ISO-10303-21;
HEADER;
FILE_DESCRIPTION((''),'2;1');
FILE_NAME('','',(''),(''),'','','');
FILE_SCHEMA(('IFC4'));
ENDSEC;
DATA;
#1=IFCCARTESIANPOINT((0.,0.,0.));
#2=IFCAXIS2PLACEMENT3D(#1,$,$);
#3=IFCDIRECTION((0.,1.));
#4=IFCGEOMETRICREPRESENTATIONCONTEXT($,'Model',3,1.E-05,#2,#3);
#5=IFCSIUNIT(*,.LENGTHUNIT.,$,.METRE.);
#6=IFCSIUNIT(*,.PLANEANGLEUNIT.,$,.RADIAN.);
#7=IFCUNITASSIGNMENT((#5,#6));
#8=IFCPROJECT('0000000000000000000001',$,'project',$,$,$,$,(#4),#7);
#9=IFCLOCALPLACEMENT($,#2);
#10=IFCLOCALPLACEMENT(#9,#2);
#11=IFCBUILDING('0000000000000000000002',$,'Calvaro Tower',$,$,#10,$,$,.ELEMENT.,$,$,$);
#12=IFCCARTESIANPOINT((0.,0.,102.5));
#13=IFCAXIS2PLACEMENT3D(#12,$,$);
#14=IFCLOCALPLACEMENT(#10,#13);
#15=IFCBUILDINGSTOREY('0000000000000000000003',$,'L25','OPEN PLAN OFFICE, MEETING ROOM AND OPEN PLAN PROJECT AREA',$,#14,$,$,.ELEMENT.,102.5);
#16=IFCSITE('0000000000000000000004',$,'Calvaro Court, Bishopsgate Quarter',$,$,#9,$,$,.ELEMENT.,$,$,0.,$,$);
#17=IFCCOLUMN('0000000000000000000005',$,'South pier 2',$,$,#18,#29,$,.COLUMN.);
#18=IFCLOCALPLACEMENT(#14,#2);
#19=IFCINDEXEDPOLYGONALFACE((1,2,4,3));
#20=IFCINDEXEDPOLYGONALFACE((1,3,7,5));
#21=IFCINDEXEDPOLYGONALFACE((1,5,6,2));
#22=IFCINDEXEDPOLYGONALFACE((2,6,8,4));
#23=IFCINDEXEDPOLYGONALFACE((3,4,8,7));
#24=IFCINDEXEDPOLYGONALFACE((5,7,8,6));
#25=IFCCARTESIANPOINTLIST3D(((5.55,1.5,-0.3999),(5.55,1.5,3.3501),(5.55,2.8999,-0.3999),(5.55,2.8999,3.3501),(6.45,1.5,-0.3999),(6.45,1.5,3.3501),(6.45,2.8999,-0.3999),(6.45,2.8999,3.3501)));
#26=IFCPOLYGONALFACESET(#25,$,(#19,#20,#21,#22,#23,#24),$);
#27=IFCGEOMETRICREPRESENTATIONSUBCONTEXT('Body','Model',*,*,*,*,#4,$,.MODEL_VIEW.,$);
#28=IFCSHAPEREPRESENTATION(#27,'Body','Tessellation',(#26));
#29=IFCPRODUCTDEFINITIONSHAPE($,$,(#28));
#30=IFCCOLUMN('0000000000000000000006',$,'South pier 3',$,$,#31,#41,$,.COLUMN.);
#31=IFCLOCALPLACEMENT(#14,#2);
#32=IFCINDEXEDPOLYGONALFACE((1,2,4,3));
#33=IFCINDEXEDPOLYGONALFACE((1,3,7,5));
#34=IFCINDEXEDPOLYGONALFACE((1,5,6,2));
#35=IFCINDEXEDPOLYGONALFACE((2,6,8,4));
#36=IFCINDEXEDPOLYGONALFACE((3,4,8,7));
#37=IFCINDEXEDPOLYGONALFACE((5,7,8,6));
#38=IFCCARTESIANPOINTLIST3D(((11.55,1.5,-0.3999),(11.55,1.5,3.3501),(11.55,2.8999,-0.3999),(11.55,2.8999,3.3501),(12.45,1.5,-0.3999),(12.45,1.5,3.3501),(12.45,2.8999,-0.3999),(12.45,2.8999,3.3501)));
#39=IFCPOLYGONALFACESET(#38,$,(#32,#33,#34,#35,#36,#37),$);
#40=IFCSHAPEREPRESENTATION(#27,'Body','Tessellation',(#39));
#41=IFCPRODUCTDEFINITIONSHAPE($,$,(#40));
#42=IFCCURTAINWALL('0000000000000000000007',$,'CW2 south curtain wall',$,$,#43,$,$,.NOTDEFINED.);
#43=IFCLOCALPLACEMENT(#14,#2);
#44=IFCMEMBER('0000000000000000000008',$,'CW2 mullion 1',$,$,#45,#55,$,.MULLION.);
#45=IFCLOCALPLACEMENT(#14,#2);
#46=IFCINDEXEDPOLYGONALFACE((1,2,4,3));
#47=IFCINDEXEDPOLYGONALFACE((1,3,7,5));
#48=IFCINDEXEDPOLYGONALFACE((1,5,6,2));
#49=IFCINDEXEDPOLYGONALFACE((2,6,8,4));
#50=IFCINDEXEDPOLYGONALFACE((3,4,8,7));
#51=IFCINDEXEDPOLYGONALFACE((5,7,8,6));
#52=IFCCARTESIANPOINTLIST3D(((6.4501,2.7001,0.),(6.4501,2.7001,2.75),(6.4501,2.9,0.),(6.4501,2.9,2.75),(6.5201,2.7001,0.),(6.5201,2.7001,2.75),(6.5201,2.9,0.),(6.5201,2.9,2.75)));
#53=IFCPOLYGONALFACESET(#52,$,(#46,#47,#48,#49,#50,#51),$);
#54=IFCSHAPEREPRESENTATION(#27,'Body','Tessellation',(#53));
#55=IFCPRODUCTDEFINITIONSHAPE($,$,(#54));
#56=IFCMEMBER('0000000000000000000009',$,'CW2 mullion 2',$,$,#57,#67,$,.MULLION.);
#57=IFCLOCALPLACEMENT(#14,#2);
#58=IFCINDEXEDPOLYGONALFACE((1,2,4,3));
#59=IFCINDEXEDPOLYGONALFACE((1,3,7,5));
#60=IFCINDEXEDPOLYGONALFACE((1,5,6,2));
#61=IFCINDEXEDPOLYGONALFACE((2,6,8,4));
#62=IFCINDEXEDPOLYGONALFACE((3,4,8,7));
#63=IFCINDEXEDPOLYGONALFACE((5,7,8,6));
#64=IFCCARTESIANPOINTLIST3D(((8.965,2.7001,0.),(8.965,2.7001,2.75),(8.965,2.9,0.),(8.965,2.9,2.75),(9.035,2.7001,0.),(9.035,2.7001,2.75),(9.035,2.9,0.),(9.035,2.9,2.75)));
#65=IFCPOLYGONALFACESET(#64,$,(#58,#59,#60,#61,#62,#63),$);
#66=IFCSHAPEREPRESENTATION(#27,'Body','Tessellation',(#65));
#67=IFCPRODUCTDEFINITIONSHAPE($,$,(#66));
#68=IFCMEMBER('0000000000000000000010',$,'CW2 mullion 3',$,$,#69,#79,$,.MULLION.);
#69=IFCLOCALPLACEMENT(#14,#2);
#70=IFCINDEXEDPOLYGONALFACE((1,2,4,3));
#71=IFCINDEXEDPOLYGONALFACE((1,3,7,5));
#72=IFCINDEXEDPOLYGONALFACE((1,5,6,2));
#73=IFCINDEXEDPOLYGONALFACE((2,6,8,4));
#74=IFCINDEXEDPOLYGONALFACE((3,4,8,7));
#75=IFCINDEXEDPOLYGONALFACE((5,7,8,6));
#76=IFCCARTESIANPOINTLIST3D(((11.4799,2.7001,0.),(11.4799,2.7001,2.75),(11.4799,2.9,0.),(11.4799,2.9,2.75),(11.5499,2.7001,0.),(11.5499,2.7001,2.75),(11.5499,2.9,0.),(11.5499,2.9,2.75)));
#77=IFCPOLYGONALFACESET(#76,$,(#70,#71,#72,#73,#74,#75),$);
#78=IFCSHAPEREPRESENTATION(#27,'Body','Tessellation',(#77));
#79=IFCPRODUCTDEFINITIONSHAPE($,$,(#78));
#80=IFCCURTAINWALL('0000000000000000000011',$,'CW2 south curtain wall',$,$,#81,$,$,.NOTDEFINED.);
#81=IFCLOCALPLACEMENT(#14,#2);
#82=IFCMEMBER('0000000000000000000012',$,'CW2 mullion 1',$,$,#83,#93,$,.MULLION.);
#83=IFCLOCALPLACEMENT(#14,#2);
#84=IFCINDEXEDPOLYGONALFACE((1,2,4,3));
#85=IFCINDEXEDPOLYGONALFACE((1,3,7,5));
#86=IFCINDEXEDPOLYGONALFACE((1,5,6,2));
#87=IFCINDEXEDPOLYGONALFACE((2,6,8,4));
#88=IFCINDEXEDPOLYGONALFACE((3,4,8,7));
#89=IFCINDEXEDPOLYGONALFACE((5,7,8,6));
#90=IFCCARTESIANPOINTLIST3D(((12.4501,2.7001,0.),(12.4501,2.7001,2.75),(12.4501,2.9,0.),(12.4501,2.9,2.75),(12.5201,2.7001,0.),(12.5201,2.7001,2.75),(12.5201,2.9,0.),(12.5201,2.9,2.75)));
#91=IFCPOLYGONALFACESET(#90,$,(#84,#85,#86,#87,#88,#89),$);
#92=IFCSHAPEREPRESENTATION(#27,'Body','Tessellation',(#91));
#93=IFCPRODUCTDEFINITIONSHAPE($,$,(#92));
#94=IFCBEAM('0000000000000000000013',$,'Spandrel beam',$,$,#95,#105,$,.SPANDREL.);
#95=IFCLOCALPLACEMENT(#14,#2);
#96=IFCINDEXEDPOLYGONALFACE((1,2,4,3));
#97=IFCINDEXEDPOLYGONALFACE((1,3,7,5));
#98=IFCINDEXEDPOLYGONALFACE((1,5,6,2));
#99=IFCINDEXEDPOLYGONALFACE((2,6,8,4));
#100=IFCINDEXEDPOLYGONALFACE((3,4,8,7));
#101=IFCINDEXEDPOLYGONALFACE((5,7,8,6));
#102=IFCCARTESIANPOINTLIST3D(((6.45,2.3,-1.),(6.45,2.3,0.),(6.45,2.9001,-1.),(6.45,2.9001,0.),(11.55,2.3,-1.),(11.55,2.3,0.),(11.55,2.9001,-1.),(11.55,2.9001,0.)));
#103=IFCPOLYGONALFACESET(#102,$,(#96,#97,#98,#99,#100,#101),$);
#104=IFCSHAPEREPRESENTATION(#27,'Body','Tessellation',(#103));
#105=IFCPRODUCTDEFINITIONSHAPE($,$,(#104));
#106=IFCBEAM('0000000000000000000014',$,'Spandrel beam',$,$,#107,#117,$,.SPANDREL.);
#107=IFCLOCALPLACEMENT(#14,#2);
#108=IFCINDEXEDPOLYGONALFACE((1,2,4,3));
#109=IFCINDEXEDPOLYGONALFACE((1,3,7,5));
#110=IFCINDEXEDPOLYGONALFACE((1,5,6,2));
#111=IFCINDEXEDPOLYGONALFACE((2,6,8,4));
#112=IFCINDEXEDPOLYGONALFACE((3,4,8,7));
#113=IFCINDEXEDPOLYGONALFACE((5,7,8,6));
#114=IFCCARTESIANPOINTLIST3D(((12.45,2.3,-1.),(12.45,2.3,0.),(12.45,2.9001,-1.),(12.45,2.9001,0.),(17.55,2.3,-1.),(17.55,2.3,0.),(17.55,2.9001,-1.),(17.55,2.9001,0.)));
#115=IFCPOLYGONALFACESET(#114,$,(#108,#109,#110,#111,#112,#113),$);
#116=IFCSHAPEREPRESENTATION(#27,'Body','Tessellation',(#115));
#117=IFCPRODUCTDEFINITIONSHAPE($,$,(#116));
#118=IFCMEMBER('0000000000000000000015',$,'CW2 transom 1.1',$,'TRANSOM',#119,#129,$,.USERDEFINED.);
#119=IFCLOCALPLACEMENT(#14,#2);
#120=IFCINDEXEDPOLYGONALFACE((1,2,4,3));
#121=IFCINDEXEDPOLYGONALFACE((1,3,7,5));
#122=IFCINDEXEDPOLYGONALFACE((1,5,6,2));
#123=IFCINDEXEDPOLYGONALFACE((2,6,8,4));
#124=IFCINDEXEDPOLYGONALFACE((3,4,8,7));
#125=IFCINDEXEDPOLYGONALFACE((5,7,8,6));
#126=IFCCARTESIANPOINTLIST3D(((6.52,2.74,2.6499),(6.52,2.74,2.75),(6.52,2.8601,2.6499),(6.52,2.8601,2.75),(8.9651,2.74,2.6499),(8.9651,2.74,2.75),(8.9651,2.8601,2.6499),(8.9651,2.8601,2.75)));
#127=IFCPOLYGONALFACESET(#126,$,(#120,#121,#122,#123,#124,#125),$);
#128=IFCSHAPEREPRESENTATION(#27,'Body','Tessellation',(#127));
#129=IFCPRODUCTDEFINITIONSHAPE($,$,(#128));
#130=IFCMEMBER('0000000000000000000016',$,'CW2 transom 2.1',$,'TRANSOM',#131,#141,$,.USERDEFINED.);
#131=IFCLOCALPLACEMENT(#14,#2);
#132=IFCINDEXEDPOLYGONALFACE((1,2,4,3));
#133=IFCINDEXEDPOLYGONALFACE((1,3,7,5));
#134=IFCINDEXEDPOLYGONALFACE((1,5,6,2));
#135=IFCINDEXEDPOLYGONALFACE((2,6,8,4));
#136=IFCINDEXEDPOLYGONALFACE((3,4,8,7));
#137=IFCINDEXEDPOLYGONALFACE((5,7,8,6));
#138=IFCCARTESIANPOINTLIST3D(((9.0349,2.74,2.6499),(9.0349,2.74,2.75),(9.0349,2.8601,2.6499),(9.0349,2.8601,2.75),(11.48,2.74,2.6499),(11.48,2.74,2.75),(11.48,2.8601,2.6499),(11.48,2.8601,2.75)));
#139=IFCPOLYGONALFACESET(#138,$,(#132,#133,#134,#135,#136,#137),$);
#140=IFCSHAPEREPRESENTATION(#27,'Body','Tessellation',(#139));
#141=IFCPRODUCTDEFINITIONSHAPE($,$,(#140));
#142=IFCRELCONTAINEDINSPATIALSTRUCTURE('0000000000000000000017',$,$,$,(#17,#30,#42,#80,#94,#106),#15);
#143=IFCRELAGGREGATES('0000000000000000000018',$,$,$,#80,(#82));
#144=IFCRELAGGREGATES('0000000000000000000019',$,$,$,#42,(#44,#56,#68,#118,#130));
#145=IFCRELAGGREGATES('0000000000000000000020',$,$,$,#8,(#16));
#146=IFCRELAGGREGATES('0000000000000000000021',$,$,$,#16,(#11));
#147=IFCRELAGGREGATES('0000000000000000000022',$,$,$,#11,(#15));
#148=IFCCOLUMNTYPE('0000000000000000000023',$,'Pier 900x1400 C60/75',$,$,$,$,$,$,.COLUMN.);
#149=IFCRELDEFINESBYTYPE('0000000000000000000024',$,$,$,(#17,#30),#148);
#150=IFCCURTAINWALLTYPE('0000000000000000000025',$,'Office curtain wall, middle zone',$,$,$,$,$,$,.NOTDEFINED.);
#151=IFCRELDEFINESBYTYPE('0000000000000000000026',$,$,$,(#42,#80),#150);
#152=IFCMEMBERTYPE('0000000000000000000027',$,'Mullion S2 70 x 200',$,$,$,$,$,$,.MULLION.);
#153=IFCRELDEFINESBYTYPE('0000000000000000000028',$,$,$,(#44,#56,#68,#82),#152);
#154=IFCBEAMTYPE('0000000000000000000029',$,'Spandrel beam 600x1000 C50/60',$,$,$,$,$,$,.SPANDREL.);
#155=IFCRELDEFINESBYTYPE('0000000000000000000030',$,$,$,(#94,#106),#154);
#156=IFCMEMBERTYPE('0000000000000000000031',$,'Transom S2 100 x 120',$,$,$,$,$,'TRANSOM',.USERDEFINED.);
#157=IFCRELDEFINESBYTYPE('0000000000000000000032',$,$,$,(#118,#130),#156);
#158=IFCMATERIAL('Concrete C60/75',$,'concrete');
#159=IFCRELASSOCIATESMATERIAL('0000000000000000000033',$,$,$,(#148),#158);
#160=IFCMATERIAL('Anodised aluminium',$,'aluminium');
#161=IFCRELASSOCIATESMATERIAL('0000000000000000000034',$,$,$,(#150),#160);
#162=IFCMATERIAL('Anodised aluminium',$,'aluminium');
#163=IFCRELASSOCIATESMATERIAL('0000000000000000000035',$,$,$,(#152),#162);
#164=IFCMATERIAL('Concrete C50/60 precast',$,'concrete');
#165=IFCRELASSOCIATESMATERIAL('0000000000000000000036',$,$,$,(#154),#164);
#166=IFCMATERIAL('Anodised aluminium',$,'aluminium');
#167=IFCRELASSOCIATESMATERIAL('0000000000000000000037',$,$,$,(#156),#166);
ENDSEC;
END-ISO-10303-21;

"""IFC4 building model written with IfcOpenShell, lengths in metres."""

from ifc_helpers import new_model, si_unit, direction, frame, origin, origin_2d, place, context, subcontext, project, spatial, rectangle, extrude, material, material_profile, profile_set, type_object, element, aggregate, save


model = new_model("IFC4")

# Units and contexts
model_context = context("Model", 3, precision=1e-05, world=origin(), true_north=direction((0.0, 1.0)))
body_context = subcontext(model_context, "Body", "Model", "MODEL_VIEW")
ifc_project = project(units=[si_unit("LENGTHUNIT", "METRE"), si_unit("PLANEANGLEUNIT", "RADIAN")], contexts=[model_context])

# Site, building, storey
site_placement = place(None, origin())
site = spatial("IfcSite", under=ifc_project, at=site_placement, Name="Calvaro Court, Bishopsgate Quarter", CompositionType="ELEMENT", RefElevation=0.0)
building_placement = place(site_placement, origin())
building = spatial("IfcBuilding", under=site, at=building_placement, Name="Calvaro Tower", CompositionType="ELEMENT")
storey_placement = place(building_placement, frame((0.0, 0.0, 102.5)))
storey = spatial("IfcBuildingStorey", under=building, at=storey_placement, Name="L25", Description="OPEN PLAN OFFICE, MEETING ROOM AND OPEN PLAN PROJECT AREA", CompositionType="ELEMENT", Elevation=102.5)

# Columns
ifc_material_1 = material(Name="Concrete C60/75", Category="concrete")
ifc_material_profile_1 = material_profile(ifc_material_1, rectangle(XDim=0.8999, YDim=1.3999, at=origin_2d()), Name="RC 900x1400")
ifc_profile_set_1 = profile_set([ifc_material_profile_1], Name="Concrete C60/75")
column_type = type_object("IfcColumnType", Name="Pier 900x1400 C60/75", PredefinedType="COLUMN", material=ifc_profile_set_1)
for number, where, z_axis, x_axis, name in (
    (1, (6.0, 2.2, -0.3999), (0.0, 0.0, 1.0), (1.0, 0.0, 0.0), "South pier 2"),
    (2, (12.0, 2.2, -0.3999), (0.0, 0.0, 1.0), (1.0, 0.0, 0.0), "South pier 3"),
):
    element("IfcColumn", number, at=place(storey_placement, frame(where, z_axis=z_axis, x_axis=x_axis)), inside=storey, type_object=column_type, Name=name, PredefinedType="COLUMN", context=body_context, shape_type="SweptSolid", body=[
        extrude(rectangle(XDim=0.8999, YDim=1.3999, at=origin_2d()), origin(), (0.0, 0.0, 1.0), 3.75),
    ])

# Curtain wall, members
ifc_material_2 = material(Name="Anodised aluminium", Category="aluminium")
curtain_wall_type = type_object("IfcCurtainWallType", Name="Office curtain wall, middle zone", PredefinedType="NOTDEFINED", material=ifc_material_2)
curtain_wall_1_placement = place(storey_placement, origin())
curtain_wall_1 = element("IfcCurtainWall", 3, at=curtain_wall_1_placement, inside=storey, type_object=curtain_wall_type, Name="CW2 south curtain wall", PredefinedType="NOTDEFINED")
ifc_material_3 = material(Name="Anodised aluminium", Category="aluminium")
ifc_material_profile_2 = material_profile(ifc_material_3, rectangle(XDim=0.2, YDim=0.0701, at=origin_2d()), Name="Mullion S2 70 x 200")
ifc_profile_set_2 = profile_set([ifc_material_profile_2], Name="Anodised aluminium")
member_type_1 = type_object("IfcMemberType", Name="Mullion S2 70 x 200", PredefinedType="MULLION", material=ifc_profile_set_2)
member_1_placement = place(storey_placement, frame((6.4851, 2.8, 0.0), z_axis=(0.0, 0.0, 1.0), x_axis=(0.0, 1.0, 0.0)))
member_1 = element("IfcMember", 4, at=member_1_placement, type_object=member_type_1, Name="CW2 mullion 1", PredefinedType="MULLION", context=body_context, shape_type="SweptSolid", body=[
    extrude(rectangle(XDim=0.2, YDim=0.0701, at=origin_2d()), origin(), (0.0, 0.0, 1.0), 2.75),
])
member_2_placement = place(storey_placement, frame((9.0, 2.8, 0.0), z_axis=(0.0, 0.0, 1.0), x_axis=(0.0, 1.0, 0.0)))
member_2 = element("IfcMember", 5, at=member_2_placement, type_object=member_type_1, Name="CW2 mullion 2", PredefinedType="MULLION", context=body_context, shape_type="SweptSolid", body=[
    extrude(rectangle(XDim=0.2, YDim=0.0701, at=origin_2d()), origin(), (0.0, 0.0, 1.0), 2.75),
])
member_3_placement = place(storey_placement, frame((11.5149, 2.8, 0.0), z_axis=(0.0, 0.0, 1.0), x_axis=(0.0, 1.0, 0.0)))
member_3 = element("IfcMember", 6, at=member_3_placement, type_object=member_type_1, Name="CW2 mullion 3", PredefinedType="MULLION", context=body_context, shape_type="SweptSolid", body=[
    extrude(rectangle(XDim=0.2, YDim=0.0701, at=origin_2d()), origin(), (0.0, 0.0, 1.0), 2.75),
])

# Curtain wall, member
curtain_wall_2_placement = place(storey_placement, origin())
curtain_wall_2 = element("IfcCurtainWall", 7, at=curtain_wall_2_placement, inside=storey, type_object=curtain_wall_type, Name="CW2 south curtain wall", PredefinedType="NOTDEFINED")
member_4_placement = place(storey_placement, frame((12.4851, 2.8, 0.0), z_axis=(0.0, 0.0, 1.0), x_axis=(0.0, 1.0, 0.0)))
member_4 = element("IfcMember", 8, at=member_4_placement, type_object=member_type_1, Name="CW2 mullion 1", PredefinedType="MULLION", context=body_context, shape_type="SweptSolid", body=[
    extrude(rectangle(XDim=0.2, YDim=0.0701, at=origin_2d()), origin(), (0.0, 0.0, 1.0), 2.75),
])
aggregate(curtain_wall_2, [member_4])

# Beams
ifc_material_4 = material(Name="Concrete C50/60 precast", Category="concrete")
ifc_material_profile_3 = material_profile(ifc_material_4, rectangle(XDim=0.6001, YDim=1.0, at=origin_2d()), Name="RC 600x1000")
ifc_profile_set_3 = profile_set([ifc_material_profile_3], Name="Concrete C50/60 precast")
beam_type = type_object("IfcBeamType", Name="Spandrel beam 600x1000 C50/60", PredefinedType="SPANDREL", material=ifc_profile_set_3)
for number, where, z_axis, x_axis, name in (
    (9, (6.45, 2.6001, -0.5), (1.0, 0.0, 0.0), (0.0, 1.0, 0.0), "Spandrel beam"),
    (10, (12.45, 2.6001, -0.5), (1.0, 0.0, 0.0), (0.0, 1.0, 0.0), "Spandrel beam"),
):
    element("IfcBeam", number, at=place(storey_placement, frame(where, z_axis=z_axis, x_axis=x_axis)), inside=storey, type_object=beam_type, Name=name, PredefinedType="SPANDREL", context=body_context, shape_type="SweptSolid", body=[
        extrude(rectangle(XDim=0.6001, YDim=1.0, at=origin_2d()), origin(), (0.0, 0.0, 1.0), 5.1001),
    ])

# Members
ifc_material_5 = material(Name="Anodised aluminium", Category="aluminium")
ifc_material_profile_4 = material_profile(ifc_material_5, rectangle(XDim=0.1201, YDim=0.1001, at=origin_2d()), Name="Transom S2 100 x 120")
ifc_profile_set_4 = profile_set([ifc_material_profile_4], Name="Anodised aluminium")
member_type_2 = type_object("IfcMemberType", Name="Transom S2 100 x 120", ElementType="TRANSOM", PredefinedType="USERDEFINED", material=ifc_profile_set_4)
member_5_placement = place(storey_placement, frame((6.52, 2.8, 2.7), z_axis=(1.0, 0.0, 0.0), x_axis=(0.0, 1.0, 0.0)))
member_5 = element("IfcMember", 11, at=member_5_placement, type_object=member_type_2, Name="CW2 transom 1.1", ObjectType="TRANSOM", PredefinedType="USERDEFINED", context=body_context, shape_type="SweptSolid", body=[
    extrude(rectangle(XDim=0.1201, YDim=0.1001, at=origin_2d()), origin(), (0.0, 0.0, 1.0), 2.4451),
])
member_6_placement = place(storey_placement, frame((9.0349, 2.8, 2.7), z_axis=(1.0, 0.0, 0.0), x_axis=(0.0, 1.0, 0.0)))
member_6 = element("IfcMember", 12, at=member_6_placement, type_object=member_type_2, Name="CW2 transom 2.1", ObjectType="TRANSOM", PredefinedType="USERDEFINED", context=body_context, shape_type="SweptSolid", body=[
    extrude(rectangle(XDim=0.1201, YDim=0.1001, at=origin_2d()), origin(), (0.0, 0.0, 1.0), 2.4451),
])

aggregate(curtain_wall_1, [member_1, member_2, member_3, member_5, member_6])

save(model, "model.ifc")
